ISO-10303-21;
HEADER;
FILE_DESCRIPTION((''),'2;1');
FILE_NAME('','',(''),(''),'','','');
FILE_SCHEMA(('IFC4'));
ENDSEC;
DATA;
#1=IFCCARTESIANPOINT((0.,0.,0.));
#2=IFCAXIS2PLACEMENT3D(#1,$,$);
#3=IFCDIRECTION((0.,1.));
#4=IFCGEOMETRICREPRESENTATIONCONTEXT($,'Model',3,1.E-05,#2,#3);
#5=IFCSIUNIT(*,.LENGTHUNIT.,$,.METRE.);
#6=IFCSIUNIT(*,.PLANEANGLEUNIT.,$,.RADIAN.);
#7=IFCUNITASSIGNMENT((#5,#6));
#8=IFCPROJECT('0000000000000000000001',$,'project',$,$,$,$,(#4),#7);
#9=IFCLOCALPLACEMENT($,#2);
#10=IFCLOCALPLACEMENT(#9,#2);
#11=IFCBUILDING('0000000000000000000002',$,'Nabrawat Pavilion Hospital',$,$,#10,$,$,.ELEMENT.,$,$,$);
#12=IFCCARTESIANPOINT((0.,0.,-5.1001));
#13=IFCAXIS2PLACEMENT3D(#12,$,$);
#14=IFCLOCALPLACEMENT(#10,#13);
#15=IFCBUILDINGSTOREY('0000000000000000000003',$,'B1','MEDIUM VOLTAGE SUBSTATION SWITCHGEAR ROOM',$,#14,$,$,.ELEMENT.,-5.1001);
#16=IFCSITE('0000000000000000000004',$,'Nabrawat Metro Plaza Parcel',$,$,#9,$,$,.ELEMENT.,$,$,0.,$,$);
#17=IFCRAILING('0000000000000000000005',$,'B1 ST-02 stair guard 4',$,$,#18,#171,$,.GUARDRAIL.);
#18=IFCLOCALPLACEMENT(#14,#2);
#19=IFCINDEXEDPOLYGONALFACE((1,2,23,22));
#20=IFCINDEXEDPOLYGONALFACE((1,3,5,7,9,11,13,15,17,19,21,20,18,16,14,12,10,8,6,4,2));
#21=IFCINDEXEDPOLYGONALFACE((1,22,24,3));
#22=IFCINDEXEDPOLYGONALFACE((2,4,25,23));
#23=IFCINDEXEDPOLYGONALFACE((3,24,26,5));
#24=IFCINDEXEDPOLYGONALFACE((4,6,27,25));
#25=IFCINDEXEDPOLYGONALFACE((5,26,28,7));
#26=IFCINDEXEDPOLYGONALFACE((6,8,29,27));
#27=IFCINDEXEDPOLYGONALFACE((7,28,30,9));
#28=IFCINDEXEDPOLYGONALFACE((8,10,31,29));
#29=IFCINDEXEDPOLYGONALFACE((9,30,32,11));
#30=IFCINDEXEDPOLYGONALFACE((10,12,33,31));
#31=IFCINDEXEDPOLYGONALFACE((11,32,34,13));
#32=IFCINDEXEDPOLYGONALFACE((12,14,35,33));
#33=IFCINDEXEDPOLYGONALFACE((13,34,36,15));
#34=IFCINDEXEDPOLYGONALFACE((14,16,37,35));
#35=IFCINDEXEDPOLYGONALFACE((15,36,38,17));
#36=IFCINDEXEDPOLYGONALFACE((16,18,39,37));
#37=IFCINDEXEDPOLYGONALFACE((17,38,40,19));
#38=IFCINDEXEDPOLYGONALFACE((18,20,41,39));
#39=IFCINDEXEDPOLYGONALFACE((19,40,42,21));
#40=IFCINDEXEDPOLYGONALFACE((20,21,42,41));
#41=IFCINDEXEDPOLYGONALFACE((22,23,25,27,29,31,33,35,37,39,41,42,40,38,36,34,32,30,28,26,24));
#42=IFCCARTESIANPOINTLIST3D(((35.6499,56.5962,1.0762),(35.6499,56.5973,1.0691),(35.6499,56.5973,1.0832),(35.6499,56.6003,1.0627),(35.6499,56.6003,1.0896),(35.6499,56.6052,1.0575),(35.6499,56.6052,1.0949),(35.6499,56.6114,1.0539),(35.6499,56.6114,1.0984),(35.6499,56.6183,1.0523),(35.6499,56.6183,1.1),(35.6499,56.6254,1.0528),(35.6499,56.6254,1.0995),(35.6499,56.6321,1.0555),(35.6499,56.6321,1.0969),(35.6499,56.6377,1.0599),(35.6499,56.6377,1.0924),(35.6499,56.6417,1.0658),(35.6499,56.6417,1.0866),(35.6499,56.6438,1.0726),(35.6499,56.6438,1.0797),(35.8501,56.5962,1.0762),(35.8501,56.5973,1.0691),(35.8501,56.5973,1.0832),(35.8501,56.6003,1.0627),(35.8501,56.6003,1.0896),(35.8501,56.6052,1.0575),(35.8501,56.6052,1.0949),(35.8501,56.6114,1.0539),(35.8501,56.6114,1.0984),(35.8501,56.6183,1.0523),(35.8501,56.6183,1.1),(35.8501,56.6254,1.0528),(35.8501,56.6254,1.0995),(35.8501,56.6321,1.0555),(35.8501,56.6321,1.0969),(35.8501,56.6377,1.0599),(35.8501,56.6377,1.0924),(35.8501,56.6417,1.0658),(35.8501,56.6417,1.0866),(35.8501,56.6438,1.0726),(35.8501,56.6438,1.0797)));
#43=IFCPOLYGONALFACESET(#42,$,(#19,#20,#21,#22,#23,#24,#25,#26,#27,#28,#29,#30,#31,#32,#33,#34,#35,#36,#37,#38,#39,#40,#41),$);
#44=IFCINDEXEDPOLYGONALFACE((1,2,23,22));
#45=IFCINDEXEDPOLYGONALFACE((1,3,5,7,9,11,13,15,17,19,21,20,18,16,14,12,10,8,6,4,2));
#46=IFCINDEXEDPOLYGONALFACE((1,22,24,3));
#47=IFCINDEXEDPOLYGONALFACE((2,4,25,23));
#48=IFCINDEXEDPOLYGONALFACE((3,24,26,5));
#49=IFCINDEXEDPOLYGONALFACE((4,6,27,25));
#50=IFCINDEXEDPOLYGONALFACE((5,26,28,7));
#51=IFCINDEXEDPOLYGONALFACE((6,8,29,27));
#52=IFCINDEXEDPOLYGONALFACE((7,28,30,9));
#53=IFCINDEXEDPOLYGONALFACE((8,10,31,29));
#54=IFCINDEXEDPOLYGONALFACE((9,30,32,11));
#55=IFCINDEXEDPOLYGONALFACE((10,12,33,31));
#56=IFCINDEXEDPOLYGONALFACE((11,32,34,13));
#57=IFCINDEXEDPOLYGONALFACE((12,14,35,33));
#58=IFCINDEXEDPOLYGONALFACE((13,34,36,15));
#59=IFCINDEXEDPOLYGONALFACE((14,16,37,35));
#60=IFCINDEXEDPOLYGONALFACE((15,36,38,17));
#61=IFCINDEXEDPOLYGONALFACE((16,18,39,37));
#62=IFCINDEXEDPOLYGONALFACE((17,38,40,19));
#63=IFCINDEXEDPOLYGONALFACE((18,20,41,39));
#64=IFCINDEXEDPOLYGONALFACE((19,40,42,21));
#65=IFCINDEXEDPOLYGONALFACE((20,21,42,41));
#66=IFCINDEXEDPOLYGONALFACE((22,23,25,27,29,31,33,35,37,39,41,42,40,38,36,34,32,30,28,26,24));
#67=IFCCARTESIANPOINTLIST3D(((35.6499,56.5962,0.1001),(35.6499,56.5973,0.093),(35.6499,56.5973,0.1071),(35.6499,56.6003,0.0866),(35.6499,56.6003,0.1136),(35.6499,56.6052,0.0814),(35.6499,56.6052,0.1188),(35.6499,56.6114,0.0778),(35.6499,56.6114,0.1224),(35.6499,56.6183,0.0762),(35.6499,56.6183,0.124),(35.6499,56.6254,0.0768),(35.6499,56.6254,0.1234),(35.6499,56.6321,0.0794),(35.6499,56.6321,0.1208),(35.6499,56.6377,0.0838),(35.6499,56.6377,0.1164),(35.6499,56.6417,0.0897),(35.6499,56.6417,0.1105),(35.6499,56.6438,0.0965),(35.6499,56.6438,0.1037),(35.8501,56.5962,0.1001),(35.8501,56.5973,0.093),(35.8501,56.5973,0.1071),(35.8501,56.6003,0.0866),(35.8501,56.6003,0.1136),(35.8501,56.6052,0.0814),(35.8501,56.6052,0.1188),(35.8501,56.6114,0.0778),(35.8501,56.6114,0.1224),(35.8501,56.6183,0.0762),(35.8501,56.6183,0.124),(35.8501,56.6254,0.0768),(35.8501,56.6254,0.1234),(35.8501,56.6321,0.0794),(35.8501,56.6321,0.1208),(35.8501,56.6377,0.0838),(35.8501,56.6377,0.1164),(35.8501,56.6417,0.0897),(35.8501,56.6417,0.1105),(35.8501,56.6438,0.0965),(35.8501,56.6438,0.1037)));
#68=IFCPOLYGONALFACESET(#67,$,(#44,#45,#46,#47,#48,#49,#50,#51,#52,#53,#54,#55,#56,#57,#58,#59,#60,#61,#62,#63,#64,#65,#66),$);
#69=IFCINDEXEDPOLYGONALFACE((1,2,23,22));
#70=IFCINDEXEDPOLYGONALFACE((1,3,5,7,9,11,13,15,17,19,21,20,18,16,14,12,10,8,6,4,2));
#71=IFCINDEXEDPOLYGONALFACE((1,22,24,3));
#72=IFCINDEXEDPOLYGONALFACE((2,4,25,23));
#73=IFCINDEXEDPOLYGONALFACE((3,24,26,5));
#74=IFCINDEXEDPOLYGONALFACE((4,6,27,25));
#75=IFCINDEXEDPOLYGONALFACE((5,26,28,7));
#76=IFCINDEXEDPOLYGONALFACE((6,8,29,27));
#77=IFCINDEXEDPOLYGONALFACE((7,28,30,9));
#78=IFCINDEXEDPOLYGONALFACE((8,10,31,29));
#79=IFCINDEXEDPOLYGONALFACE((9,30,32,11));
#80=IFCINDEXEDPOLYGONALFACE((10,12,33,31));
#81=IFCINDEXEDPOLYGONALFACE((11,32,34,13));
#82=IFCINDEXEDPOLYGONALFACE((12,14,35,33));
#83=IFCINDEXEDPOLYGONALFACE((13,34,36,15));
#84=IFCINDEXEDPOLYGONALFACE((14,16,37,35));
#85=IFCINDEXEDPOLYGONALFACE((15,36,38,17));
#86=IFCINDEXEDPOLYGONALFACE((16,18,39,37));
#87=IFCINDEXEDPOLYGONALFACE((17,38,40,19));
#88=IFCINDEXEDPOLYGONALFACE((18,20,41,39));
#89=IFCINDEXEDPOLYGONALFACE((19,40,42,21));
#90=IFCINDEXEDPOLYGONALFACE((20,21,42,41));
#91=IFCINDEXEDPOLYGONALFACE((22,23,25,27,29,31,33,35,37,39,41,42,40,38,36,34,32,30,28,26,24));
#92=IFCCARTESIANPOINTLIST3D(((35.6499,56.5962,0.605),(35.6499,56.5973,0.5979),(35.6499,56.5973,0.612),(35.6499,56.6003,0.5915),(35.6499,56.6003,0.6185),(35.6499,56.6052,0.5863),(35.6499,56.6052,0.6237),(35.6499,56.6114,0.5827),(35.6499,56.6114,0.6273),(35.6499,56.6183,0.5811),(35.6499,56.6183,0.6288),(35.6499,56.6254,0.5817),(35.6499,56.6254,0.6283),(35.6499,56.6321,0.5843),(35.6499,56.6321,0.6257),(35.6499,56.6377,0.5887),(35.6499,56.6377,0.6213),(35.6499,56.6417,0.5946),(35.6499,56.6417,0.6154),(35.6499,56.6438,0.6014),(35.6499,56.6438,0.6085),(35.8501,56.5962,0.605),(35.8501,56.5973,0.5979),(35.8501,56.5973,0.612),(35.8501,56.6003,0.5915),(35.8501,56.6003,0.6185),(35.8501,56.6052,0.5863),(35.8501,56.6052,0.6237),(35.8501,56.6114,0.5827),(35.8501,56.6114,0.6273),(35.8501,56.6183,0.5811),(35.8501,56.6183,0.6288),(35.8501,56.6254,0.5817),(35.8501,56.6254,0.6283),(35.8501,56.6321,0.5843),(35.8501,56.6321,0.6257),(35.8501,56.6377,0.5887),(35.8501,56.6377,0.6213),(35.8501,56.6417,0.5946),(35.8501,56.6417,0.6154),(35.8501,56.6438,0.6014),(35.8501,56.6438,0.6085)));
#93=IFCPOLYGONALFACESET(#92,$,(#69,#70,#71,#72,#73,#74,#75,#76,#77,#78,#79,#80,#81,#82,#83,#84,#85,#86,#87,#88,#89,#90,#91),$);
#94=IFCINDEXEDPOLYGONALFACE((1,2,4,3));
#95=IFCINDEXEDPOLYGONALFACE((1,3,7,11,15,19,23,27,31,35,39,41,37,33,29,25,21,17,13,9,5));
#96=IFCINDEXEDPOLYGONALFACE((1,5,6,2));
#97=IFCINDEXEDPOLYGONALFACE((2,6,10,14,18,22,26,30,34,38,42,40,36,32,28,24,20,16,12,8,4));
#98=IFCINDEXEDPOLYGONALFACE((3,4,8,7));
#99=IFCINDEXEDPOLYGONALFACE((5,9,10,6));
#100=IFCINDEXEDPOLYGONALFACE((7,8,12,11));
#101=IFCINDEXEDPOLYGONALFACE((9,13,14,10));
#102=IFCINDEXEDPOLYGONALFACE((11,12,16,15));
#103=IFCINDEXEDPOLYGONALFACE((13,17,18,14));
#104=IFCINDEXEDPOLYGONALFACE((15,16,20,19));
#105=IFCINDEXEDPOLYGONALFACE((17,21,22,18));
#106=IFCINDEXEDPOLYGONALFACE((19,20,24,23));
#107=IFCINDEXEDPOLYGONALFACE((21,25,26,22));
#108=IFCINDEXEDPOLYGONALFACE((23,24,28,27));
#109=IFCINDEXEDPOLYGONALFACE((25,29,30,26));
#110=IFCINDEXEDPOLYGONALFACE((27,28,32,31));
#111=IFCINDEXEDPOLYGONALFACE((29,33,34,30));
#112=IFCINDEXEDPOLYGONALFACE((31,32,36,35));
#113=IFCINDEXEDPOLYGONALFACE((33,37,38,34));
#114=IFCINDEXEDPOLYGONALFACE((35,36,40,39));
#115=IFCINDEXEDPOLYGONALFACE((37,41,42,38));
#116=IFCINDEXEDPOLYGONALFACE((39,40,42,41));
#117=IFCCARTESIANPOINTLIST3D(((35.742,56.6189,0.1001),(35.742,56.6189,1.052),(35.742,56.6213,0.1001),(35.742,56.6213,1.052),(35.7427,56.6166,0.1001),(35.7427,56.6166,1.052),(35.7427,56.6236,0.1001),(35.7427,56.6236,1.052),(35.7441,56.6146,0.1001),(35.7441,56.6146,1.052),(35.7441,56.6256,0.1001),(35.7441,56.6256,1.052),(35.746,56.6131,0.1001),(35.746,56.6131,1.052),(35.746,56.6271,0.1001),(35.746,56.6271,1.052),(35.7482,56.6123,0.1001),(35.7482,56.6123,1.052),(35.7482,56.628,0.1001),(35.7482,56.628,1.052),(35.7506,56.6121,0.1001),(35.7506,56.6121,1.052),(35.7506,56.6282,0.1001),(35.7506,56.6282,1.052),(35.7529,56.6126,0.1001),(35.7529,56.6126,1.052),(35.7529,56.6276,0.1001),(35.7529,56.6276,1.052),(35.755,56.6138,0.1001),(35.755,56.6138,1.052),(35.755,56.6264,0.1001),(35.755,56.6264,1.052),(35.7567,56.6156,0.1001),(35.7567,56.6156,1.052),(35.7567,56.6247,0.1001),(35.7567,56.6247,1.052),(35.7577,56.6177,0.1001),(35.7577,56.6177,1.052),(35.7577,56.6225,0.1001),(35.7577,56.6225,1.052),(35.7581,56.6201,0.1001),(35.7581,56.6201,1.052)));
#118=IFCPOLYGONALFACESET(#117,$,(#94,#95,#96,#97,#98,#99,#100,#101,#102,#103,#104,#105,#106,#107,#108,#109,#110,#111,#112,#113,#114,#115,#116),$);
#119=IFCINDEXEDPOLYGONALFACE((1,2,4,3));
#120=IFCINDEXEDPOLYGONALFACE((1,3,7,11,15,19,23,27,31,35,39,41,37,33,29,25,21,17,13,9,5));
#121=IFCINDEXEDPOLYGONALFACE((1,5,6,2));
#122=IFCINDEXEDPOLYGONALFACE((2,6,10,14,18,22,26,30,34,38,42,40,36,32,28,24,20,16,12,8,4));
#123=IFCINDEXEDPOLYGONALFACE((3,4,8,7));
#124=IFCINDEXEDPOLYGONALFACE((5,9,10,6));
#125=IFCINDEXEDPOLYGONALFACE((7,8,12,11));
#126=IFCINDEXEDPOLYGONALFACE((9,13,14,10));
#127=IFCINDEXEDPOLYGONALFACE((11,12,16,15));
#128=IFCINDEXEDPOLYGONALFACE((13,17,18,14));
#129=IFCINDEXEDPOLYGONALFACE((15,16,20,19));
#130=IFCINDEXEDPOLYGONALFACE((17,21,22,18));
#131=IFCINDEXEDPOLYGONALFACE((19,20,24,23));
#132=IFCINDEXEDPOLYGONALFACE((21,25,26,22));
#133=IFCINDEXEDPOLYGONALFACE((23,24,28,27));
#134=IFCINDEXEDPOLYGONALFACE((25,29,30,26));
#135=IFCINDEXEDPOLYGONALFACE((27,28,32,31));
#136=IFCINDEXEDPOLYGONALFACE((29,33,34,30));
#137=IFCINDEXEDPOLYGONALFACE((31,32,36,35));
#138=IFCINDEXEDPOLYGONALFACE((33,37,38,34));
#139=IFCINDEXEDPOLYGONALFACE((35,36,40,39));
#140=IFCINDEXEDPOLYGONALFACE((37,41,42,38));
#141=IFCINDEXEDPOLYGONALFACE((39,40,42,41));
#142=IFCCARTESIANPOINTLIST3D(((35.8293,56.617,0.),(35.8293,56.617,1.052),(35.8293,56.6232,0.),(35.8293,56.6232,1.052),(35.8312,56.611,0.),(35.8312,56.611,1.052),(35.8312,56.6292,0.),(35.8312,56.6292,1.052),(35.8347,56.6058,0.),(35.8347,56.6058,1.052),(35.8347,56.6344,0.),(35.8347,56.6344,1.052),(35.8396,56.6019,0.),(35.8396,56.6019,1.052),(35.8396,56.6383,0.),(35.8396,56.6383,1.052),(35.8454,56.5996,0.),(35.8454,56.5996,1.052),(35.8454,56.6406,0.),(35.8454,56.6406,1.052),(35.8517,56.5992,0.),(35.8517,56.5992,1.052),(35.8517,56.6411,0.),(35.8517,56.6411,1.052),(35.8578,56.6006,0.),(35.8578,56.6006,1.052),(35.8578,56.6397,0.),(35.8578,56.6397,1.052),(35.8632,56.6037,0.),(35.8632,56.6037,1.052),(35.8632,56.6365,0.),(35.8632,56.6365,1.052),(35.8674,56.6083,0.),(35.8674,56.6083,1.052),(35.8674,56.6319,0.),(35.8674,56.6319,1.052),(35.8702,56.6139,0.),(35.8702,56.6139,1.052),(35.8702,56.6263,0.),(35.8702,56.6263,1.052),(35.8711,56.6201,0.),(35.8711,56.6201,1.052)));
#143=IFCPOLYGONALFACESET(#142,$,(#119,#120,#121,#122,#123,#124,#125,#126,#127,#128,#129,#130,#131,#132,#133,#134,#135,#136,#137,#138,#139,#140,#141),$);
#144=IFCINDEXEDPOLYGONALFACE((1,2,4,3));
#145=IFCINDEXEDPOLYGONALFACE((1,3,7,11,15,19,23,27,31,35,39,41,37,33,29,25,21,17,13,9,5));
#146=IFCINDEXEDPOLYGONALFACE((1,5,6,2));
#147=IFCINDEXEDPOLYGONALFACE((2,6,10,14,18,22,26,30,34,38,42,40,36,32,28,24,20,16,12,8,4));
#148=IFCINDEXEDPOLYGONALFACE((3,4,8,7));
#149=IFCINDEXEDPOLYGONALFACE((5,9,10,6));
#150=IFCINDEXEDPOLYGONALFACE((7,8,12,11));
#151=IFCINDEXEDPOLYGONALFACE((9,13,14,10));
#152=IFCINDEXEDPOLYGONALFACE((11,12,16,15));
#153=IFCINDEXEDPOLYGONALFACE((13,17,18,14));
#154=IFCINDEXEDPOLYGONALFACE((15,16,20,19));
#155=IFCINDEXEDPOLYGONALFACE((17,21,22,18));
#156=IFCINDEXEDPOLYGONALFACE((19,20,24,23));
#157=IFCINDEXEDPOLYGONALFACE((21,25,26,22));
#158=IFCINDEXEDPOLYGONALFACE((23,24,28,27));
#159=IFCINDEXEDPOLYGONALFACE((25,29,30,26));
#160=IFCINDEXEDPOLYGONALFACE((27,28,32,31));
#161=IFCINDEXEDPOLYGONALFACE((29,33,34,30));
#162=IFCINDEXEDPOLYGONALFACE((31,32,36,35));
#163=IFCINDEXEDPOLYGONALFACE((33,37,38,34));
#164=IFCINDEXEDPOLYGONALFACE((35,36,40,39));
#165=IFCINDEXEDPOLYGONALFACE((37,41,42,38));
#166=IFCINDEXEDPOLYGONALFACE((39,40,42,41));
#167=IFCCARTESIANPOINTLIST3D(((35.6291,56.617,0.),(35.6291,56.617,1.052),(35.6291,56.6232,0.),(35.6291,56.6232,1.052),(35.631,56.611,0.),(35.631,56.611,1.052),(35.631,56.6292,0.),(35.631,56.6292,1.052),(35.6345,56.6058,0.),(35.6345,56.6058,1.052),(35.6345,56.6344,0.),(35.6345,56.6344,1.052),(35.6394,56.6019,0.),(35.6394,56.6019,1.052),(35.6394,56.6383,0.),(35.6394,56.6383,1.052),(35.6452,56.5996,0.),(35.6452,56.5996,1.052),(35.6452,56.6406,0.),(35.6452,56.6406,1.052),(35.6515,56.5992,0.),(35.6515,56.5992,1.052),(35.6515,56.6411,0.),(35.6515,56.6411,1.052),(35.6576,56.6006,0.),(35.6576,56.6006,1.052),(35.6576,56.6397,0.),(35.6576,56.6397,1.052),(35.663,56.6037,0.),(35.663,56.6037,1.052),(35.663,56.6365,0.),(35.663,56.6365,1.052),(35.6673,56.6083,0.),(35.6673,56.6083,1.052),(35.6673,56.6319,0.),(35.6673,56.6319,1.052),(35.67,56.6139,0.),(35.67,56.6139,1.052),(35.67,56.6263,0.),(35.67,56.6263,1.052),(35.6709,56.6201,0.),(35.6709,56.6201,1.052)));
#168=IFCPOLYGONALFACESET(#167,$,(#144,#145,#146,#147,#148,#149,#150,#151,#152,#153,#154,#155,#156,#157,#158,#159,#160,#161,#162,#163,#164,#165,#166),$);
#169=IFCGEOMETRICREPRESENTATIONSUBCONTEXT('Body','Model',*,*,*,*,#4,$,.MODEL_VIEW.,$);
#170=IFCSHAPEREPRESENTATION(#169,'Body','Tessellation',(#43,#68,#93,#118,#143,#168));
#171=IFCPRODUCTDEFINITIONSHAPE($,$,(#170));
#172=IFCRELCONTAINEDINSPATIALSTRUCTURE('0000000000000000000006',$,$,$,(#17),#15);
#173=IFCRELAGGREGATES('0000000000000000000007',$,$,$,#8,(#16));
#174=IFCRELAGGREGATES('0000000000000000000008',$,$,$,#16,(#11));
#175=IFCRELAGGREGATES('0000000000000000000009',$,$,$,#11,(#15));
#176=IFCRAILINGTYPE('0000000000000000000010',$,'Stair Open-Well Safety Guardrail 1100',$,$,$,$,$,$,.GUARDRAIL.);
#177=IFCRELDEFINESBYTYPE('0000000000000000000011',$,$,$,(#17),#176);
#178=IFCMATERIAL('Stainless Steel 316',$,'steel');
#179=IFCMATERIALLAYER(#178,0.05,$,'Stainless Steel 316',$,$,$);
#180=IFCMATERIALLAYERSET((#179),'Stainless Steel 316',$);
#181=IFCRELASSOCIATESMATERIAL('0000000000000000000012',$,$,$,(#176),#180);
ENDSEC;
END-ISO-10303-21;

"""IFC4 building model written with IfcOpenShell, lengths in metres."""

from ifc_helpers import new_model, si_unit, direction, frame, origin, origin_2d, place, context, subcontext, project, spatial, circle, extrude, material, layer, layer_set, type_object, element, save


model = new_model("IFC4")

# Units and contexts
model_context = context("Model", 3, precision=1e-05, world=origin(), true_north=direction((0.0, 1.0)))
body_context = subcontext(model_context, "Body", "Model", "MODEL_VIEW")
ifc_project = project(units=[si_unit("LENGTHUNIT", "METRE"), si_unit("PLANEANGLEUNIT", "RADIAN")], contexts=[model_context])

# Site, building, storey
site_placement = place(None, origin())
site = spatial("IfcSite", under=ifc_project, at=site_placement, Name="Nabrawat Metro Plaza Parcel", CompositionType="ELEMENT", RefElevation=0.0)
building_placement = place(site_placement, origin())
building = spatial("IfcBuilding", under=site, at=building_placement, Name="Nabrawat Pavilion Hospital", CompositionType="ELEMENT")
storey_placement = place(building_placement, frame((0.0, 0.0, -5.1001)))
storey = spatial("IfcBuildingStorey", under=building, at=storey_placement, Name="B1", Description="MEDIUM VOLTAGE SUBSTATION SWITCHGEAR ROOM", CompositionType="ELEMENT", Elevation=-5.1001)

# Railing
ifc_material_1 = material(Name="Stainless Steel 316", Category="steel")
ifc_layer_1 = layer(ifc_material_1, 0.05, Name="Stainless Steel 316")
ifc_layer_set_1 = layer_set([ifc_layer_1], Name="Stainless Steel 316")
railing_type_1 = type_object("IfcRailingType", Name="Stair Open-Well Safety Guardrail 1100", PredefinedType="GUARDRAIL", material=ifc_layer_set_1)
railing_1_placement = place(storey_placement, frame((35.8501, 56.6201, 0.0)))
element("IfcRailing", 1, at=railing_1_placement, inside=storey, type_object=railing_type_1, Name="B1 ST-02 stair guard 4", PredefinedType="GUARDRAIL", context=body_context, shape_type="SweptSolid", body=[
    extrude(circle(Radius=0.0239, at=origin_2d()), frame((0.0, 0.0, 1.0762), z_axis=(-1.0, 0.0, 0.0), x_axis=(0.0, -1.0, 0.0)), (0.0, 0.0, 1.0), 0.2002),
    extrude(circle(Radius=0.0239, at=origin_2d()), frame((0.0, 0.0, 0.1001), z_axis=(-1.0, 0.0, 0.0), x_axis=(0.0, -1.0, 0.0)), (0.0, 0.0, 1.0), 0.2002),
    extrude(circle(Radius=0.0239, at=origin_2d()), frame((0.0, 0.0, 0.605), z_axis=(-1.0, 0.0, 0.0), x_axis=(0.0, -1.0, 0.0)), (0.0, 0.0, 1.0), 0.2002),
    extrude(circle(Radius=0.0081, at=origin_2d()), frame((-0.1001, 0.0, 0.1001)), (0.0, 0.0, 1.0), 0.9519),
    extrude(circle(Radius=0.021, at=origin_2d()), origin(), (0.0, 0.0, 1.0), 1.052),
    extrude(circle(Radius=0.021, at=origin_2d()), frame((-0.2002, 0.0, 0.0)), (0.0, 0.0, 1.0), 1.052),
])

save(model, "model.ifc")
